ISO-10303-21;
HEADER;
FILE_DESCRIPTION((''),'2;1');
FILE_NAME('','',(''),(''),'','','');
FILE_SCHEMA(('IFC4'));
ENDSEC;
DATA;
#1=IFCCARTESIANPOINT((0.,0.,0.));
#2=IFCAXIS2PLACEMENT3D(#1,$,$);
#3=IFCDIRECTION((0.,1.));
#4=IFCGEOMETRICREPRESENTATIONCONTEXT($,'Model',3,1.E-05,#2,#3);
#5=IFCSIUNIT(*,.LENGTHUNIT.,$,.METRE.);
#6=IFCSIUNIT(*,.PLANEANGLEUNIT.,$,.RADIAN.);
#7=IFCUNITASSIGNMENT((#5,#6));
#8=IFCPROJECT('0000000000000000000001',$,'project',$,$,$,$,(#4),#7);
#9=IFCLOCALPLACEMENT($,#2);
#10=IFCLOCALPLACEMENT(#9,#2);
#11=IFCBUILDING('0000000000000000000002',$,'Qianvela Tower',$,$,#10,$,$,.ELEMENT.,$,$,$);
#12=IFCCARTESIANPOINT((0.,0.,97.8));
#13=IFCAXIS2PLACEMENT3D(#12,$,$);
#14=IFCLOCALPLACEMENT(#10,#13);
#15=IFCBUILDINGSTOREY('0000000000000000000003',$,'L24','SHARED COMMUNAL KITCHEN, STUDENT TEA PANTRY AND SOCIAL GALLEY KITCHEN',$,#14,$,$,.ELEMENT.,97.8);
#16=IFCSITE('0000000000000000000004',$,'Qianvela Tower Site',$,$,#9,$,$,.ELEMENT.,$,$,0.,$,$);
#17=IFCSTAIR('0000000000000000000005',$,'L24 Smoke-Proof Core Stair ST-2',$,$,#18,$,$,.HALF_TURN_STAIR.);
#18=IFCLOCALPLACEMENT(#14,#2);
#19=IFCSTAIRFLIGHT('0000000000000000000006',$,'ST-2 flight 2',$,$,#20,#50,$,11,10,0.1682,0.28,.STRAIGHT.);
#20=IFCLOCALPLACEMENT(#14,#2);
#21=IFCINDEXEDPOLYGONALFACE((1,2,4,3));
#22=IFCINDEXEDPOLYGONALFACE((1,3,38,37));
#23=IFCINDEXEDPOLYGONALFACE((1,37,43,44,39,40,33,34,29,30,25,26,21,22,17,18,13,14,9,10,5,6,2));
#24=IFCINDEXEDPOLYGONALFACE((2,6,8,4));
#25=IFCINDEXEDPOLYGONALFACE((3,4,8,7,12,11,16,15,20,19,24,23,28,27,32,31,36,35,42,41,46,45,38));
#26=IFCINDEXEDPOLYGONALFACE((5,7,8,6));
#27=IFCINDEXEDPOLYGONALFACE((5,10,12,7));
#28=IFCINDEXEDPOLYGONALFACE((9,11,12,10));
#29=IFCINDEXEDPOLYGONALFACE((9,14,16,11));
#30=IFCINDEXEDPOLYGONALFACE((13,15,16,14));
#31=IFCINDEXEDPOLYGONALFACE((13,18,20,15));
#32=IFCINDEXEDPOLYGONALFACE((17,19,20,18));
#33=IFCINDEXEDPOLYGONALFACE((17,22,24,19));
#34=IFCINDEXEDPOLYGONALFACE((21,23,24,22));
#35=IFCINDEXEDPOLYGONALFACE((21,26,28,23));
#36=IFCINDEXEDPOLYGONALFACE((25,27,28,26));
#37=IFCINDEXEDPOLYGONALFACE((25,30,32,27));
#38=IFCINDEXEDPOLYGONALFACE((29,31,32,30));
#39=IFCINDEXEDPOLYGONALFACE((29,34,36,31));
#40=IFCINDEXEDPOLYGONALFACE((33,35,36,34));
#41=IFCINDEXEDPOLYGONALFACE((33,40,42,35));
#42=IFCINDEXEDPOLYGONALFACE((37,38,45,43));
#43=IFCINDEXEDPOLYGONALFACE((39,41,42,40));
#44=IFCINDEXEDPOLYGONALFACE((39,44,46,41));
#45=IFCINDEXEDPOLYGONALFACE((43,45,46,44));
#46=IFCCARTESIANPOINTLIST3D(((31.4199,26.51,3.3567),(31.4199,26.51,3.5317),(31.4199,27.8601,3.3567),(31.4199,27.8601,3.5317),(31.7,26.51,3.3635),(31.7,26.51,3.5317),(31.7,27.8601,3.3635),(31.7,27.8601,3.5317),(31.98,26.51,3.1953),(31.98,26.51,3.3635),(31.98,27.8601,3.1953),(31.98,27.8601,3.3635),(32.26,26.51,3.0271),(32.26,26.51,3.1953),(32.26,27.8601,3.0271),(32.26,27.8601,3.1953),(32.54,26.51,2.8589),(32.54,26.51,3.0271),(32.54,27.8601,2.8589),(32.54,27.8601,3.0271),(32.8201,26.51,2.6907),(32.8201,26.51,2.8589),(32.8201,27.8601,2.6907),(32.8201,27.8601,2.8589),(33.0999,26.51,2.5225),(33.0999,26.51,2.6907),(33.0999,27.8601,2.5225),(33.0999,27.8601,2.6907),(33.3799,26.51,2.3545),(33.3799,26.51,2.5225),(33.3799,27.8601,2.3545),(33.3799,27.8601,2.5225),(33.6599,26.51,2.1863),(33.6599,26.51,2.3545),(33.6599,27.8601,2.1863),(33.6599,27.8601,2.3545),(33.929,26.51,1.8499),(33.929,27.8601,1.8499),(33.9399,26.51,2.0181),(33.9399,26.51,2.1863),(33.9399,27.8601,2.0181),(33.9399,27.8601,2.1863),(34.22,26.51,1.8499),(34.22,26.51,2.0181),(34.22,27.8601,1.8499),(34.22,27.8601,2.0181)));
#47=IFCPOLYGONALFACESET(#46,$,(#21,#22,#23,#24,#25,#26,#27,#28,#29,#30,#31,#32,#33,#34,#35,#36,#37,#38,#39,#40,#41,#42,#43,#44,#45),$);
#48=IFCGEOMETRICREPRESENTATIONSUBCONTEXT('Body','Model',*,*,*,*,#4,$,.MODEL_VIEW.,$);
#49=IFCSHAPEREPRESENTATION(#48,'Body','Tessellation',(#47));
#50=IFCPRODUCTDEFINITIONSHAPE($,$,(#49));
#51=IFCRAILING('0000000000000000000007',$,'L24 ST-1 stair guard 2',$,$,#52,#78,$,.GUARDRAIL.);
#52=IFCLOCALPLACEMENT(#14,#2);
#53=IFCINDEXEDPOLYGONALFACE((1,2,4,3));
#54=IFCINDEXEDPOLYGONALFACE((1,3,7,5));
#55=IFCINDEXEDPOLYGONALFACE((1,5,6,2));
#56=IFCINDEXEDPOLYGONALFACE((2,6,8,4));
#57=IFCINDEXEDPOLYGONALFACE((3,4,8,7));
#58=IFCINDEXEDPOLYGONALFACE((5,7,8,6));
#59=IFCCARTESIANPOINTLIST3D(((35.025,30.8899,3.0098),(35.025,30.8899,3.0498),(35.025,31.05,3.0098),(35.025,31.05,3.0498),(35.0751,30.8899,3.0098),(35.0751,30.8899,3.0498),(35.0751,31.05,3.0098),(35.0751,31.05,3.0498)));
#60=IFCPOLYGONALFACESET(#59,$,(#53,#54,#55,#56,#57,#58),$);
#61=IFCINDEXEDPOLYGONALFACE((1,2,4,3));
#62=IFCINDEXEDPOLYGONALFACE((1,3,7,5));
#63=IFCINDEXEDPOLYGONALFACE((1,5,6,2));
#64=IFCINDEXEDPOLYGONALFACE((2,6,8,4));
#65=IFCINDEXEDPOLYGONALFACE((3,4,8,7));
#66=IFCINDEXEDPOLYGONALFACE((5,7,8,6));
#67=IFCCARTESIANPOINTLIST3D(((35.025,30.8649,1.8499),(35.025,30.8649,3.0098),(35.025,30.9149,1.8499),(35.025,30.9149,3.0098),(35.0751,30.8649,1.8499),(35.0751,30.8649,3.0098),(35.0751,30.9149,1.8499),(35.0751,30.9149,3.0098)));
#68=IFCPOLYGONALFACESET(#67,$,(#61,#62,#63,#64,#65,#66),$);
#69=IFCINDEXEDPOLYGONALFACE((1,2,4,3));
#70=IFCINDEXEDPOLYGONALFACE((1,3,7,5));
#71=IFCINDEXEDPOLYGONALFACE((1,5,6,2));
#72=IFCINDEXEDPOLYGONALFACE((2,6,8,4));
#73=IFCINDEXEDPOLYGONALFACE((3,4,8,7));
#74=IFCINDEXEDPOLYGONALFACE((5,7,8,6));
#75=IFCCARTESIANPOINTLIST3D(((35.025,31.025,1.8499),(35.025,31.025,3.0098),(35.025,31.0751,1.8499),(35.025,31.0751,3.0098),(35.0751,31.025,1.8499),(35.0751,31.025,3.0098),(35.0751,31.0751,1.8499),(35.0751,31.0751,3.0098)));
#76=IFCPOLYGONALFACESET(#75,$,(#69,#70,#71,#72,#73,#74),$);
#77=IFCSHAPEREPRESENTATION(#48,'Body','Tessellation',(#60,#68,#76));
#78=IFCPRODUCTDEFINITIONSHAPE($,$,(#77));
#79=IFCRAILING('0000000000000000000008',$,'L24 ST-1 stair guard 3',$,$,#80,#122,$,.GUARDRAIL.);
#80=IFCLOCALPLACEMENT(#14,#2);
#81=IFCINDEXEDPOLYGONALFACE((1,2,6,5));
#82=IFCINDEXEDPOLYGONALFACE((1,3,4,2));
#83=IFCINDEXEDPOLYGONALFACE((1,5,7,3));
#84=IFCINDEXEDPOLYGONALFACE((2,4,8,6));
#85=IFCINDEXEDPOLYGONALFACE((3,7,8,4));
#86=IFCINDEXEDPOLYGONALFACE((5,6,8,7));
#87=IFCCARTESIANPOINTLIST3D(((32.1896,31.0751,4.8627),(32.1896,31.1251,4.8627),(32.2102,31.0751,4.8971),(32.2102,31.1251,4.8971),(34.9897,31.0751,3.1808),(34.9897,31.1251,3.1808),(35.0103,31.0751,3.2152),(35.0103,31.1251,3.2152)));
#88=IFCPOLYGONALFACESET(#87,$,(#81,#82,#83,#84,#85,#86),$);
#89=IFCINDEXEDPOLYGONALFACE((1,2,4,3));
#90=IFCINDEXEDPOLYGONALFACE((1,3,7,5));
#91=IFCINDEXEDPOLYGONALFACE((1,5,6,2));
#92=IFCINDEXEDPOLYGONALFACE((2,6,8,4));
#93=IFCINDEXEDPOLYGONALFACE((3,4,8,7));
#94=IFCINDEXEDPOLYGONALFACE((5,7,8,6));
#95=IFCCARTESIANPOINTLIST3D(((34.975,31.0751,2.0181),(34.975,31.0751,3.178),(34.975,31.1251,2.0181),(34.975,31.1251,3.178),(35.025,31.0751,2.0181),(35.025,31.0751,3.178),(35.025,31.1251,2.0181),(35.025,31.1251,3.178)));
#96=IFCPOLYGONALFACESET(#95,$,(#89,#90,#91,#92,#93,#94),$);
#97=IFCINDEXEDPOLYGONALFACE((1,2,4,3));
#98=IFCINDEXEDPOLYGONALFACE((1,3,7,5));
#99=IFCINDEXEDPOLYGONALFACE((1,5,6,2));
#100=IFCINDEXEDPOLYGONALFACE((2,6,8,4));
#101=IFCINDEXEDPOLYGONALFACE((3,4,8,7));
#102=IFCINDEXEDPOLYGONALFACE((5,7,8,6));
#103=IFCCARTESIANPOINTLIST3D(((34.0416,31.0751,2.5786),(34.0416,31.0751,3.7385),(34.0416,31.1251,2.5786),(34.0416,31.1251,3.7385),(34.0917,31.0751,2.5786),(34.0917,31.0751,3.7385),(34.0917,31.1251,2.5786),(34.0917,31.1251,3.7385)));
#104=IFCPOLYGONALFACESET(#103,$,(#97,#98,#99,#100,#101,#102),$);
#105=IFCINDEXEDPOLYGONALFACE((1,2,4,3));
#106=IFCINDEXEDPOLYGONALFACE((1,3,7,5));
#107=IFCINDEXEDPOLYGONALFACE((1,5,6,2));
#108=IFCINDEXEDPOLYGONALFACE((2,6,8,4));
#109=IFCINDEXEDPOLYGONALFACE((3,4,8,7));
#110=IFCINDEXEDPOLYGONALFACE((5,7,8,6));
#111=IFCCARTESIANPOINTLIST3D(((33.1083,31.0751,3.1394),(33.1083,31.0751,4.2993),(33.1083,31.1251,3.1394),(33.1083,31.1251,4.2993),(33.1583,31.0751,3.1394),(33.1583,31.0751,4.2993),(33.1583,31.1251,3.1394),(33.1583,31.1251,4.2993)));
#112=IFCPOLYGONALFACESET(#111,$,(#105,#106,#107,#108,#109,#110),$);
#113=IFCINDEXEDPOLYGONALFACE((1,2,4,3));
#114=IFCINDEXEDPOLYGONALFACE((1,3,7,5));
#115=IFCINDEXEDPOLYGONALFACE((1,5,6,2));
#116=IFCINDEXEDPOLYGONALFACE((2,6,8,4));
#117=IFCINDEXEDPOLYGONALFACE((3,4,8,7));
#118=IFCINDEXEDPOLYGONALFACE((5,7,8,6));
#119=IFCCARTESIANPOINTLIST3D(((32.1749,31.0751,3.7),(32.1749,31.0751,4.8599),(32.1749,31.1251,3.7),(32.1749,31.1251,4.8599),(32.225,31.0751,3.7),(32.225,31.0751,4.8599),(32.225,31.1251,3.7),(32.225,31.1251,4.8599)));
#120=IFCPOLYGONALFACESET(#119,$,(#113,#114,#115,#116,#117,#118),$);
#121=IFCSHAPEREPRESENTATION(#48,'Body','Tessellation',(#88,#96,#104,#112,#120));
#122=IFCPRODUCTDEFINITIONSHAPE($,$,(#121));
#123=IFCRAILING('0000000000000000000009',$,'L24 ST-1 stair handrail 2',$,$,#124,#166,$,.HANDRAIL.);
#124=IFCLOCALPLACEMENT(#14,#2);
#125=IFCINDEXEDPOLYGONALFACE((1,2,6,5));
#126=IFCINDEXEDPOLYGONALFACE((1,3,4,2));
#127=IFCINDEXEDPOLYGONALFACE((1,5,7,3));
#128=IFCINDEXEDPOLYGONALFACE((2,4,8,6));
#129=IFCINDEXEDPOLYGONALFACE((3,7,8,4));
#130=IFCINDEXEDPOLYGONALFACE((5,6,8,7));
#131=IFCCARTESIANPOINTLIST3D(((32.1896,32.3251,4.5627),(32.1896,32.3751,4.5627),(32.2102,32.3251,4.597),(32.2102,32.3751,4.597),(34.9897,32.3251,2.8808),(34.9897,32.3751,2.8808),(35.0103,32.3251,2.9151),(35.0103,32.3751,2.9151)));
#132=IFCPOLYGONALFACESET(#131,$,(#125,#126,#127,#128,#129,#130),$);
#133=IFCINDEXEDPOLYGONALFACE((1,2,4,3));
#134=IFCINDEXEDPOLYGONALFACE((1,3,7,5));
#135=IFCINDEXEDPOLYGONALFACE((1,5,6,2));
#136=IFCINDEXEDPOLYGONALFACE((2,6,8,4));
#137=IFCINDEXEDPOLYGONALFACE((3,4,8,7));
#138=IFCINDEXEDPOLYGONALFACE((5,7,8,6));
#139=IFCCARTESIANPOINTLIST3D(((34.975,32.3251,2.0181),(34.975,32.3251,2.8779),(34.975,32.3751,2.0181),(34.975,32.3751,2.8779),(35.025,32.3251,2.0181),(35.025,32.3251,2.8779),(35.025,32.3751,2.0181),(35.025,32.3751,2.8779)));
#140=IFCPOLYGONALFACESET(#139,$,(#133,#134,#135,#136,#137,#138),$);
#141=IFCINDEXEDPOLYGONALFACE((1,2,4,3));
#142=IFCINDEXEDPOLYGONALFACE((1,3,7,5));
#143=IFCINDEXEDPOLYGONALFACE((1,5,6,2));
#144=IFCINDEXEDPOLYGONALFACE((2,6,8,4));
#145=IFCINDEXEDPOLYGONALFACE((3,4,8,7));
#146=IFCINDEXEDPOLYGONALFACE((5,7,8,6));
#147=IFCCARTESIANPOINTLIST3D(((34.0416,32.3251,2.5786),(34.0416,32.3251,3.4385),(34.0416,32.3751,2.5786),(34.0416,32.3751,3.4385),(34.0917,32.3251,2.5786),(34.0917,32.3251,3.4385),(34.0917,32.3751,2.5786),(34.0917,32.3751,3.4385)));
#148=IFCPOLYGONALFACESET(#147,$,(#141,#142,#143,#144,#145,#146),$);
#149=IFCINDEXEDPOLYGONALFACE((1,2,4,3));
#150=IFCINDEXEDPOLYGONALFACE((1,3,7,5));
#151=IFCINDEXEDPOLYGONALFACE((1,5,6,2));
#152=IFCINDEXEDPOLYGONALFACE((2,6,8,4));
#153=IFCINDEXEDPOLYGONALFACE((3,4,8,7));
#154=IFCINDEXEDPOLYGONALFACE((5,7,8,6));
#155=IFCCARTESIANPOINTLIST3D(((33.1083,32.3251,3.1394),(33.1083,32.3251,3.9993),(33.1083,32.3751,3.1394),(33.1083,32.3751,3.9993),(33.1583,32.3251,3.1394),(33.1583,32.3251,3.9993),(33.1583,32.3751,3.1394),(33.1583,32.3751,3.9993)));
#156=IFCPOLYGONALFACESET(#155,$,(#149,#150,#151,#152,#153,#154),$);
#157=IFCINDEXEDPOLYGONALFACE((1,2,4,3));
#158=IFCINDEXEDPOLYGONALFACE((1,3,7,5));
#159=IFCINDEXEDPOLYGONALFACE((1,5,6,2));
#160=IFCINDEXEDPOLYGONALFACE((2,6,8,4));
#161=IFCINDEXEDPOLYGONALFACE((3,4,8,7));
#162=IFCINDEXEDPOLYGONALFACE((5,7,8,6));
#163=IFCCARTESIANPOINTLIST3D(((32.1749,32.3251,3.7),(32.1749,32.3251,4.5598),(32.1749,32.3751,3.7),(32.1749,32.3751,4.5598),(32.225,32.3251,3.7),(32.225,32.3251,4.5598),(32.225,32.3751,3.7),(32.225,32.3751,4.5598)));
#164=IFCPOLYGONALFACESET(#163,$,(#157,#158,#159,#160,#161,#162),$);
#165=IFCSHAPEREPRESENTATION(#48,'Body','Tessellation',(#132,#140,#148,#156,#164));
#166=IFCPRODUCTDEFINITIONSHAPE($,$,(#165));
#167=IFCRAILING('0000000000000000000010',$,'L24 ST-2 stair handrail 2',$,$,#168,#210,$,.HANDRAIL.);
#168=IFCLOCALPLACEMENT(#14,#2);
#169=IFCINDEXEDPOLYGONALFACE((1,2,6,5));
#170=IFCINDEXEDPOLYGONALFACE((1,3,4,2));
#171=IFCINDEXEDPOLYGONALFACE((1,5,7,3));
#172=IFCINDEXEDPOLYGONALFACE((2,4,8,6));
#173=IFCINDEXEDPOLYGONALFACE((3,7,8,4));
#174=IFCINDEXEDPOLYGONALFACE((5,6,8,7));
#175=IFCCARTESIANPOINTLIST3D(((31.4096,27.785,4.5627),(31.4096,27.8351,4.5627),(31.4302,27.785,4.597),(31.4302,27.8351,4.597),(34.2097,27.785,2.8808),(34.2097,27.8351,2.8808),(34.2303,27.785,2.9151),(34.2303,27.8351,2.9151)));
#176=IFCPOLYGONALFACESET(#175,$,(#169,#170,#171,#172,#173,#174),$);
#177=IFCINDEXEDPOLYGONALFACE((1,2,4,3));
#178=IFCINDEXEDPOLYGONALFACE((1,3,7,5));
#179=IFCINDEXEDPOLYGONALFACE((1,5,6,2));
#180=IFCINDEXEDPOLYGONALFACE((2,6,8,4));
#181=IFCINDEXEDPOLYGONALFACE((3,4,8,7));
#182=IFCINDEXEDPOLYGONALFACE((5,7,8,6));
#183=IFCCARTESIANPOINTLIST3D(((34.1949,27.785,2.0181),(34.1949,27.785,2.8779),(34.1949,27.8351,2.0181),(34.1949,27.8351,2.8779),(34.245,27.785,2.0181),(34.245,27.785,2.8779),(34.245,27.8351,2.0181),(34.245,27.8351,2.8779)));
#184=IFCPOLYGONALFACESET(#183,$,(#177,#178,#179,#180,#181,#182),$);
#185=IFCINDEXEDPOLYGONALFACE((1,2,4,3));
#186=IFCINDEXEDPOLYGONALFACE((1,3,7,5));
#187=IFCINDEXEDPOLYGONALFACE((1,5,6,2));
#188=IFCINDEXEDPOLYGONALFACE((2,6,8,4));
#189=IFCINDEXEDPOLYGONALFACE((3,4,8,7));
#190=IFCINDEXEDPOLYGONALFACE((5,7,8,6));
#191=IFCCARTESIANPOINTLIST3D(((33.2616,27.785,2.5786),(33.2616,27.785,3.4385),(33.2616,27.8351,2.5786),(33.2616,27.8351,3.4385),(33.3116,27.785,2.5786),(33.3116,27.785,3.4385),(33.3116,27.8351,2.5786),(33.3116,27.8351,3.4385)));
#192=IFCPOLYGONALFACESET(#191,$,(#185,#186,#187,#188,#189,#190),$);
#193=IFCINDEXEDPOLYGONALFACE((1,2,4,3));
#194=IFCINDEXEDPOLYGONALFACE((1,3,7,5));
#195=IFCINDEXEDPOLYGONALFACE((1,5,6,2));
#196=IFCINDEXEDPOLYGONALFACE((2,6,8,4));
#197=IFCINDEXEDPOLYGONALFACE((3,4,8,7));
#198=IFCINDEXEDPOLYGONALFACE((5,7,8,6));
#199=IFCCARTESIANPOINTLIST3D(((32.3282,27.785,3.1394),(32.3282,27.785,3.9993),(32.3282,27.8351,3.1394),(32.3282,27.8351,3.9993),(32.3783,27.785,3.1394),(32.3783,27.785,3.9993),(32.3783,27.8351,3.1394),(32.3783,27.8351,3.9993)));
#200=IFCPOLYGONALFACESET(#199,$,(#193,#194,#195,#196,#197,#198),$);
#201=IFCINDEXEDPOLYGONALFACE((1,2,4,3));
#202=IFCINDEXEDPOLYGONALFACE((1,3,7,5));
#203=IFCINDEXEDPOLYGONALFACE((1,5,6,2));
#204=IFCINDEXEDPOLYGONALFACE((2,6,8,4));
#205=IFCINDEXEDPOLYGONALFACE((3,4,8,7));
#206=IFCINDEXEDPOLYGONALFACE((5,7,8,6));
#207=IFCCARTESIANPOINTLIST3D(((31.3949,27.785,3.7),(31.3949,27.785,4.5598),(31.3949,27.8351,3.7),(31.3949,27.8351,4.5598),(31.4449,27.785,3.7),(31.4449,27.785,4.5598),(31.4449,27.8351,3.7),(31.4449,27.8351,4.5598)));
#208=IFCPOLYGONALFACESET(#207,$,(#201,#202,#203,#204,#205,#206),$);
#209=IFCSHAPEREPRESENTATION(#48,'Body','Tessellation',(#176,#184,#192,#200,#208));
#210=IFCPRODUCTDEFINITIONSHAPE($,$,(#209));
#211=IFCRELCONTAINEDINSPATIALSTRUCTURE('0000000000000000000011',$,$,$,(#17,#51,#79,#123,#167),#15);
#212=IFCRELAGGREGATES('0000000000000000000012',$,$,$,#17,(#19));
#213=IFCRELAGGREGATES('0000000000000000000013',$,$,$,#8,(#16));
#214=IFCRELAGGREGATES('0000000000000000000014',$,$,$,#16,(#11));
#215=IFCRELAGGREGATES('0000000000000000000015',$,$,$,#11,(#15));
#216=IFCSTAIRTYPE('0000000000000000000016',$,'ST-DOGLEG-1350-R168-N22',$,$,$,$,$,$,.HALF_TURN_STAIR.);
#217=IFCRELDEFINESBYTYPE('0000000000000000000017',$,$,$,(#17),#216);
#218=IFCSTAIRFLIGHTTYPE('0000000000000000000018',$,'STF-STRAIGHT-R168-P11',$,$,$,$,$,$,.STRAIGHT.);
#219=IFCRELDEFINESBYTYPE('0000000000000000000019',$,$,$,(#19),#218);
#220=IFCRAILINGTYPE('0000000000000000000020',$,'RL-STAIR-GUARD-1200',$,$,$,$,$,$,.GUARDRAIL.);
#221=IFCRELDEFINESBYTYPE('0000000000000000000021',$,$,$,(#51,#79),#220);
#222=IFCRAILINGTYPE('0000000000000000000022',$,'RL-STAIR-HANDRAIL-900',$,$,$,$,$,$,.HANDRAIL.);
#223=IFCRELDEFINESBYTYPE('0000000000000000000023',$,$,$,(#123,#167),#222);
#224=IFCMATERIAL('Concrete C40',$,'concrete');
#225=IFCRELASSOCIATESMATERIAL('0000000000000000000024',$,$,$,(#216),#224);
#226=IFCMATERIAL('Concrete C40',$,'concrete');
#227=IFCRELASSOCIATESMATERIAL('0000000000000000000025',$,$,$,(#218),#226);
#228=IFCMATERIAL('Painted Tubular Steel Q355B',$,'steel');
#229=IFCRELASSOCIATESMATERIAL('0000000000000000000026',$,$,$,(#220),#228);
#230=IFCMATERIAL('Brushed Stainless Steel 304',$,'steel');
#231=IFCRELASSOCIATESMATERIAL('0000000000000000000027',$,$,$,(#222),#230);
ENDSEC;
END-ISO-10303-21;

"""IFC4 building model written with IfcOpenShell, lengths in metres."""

from ifc_helpers import new_model, si_unit, direction, frame, origin, origin_2d, place, context, subcontext, project, spatial, polyline, rectangle, outline, extrude, material, type_object, element, aggregate, save


model = new_model("IFC4")

# Units and contexts
model_context = context("Model", 3, precision=1e-05, world=origin(), true_north=direction((0.0, 1.0)))
body_context = subcontext(model_context, "Body", "Model", "MODEL_VIEW")
ifc_project = project(units=[si_unit("LENGTHUNIT", "METRE"), si_unit("PLANEANGLEUNIT", "RADIAN")], contexts=[model_context])

# Site, building, storey
site_placement = place(None, origin())
site = spatial("IfcSite", under=ifc_project, at=site_placement, Name="Qianvela Tower Site", CompositionType="ELEMENT", RefElevation=0.0)
building_placement = place(site_placement, origin())
building = spatial("IfcBuilding", under=site, at=building_placement, Name="Qianvela Tower", CompositionType="ELEMENT")
storey_placement = place(building_placement, frame((0.0, 0.0, 97.8)))
storey = spatial("IfcBuildingStorey", under=building, at=storey_placement, Name="L24", Description="SHARED COMMUNAL KITCHEN, STUDENT TEA PANTRY AND SOCIAL GALLEY KITCHEN", CompositionType="ELEMENT", Elevation=97.8)

# Stair, stair flight
ifc_material_1 = material(Name="Concrete C40", Category="concrete")
stair_type = type_object("IfcStairType", Name="ST-DOGLEG-1350-R168-N22", PredefinedType="HALF_TURN_STAIR", material=ifc_material_1)
ifc_material_2 = material(Name="Concrete C40", Category="concrete")
stair_flight_type = type_object("IfcStairFlightType", Name="STF-STRAIGHT-R168-P11", PredefinedType="STRAIGHT", material=ifc_material_2)
stair_1_placement = place(storey_placement, origin())
stair_1 = element("IfcStair", 1, at=stair_1_placement, inside=storey, type_object=stair_type, Name="L24 Smoke-Proof Core Stair ST-2", PredefinedType="HALF_TURN_STAIR")
stair_flight_1_placement = place(storey_placement, frame((34.22, 27.1851, 1.8499), z_axis=(0.0, 0.0, 1.0), x_axis=(-1.0, 0.0, 0.0)))
stair_flight_1 = element("IfcStairFlight", 2, at=stair_flight_1_placement, type_object=stair_flight_type, Name="ST-2 flight 2", NumberOfRisers=11, NumberOfTreads=10, PredefinedType="STRAIGHT", RiserHeight=0.1682, TreadLength=0.28, context=body_context, shape_type="SweptSolid", body=[
    extrude(outline(polyline([(0.0, 0.0), (0.0, 0.1682), (0.28, 0.1682), (0.28, 0.3364), (0.5601, 0.3364), (0.5601, 0.5046), (0.8401, 0.5046), (0.8401, 0.6726), (1.1201, 0.6726), (1.1201, 0.8408), (1.3999, 0.8408), (1.3999, 1.009), (1.6799, 1.009), (1.6799, 1.1772), (1.96, 1.1772), (1.96, 1.3455), (2.24, 1.3455), (2.24, 1.5137), (2.52, 1.5137), (2.52, 1.6819), (2.8, 1.6819), (2.8, 1.8501), (2.8, 1.5068), (0.291, 0.0), (0.0, 0.0)])), frame((0.0, 0.675, 0.0), z_axis=(0.0, -1.0, 0.0), x_axis=(1.0, 0.0, 0.0)), (0.0, 0.0, 1.0), 1.3501),
])
aggregate(stair_1, [stair_flight_1])

# Railings
ifc_material_3 = material(Name="Painted Tubular Steel Q355B", Category="steel")
railing_type_1 = type_object("IfcRailingType", Name="RL-STAIR-GUARD-1200", PredefinedType="GUARDRAIL", material=ifc_material_3)
railing_1_placement = place(storey_placement, frame((35.05, 30.8899, 1.8499)))
element("IfcRailing", 3, at=railing_1_placement, inside=storey, type_object=railing_type_1, Name="L24 ST-1 stair guard 2", PredefinedType="GUARDRAIL", context=body_context, shape_type="SweptSolid", body=[
    extrude(rectangle(XDim=0.05, YDim=0.04, at=origin_2d()), frame((0.0, 0.0, 1.1799), z_axis=(0.0, 1.0, 0.0), x_axis=(-1.0, 0.0, 0.0)), (0.0, 0.0, 1.0), 0.1602),
    extrude(rectangle(XDim=0.05, YDim=0.05, at=origin_2d()), origin(), (0.0, 0.0, 1.0), 1.1599),
    extrude(rectangle(XDim=0.05, YDim=0.05, at=origin_2d()), frame((0.0, 0.1602, 0.0)), (0.0, 0.0, 1.0), 1.1599),
])
railing_2_placement = place(storey_placement, frame((35.0, 31.1001, 2.0181)))
element("IfcRailing", 4, at=railing_2_placement, inside=storey, type_object=railing_type_1, Name="L24 ST-1 stair guard 3", PredefinedType="GUARDRAIL", context=body_context, shape_type="SweptSolid", body=[
    extrude(rectangle(XDim=0.05, YDim=0.04, at=origin_2d()), frame((0.0, 0.0, 1.1799), z_axis=(-0.857242, 0.0, 0.514913), x_axis=(0.0, -1.0, 0.0)), (0.0, 0.0, 1.0), 3.2664),
    extrude(rectangle(XDim=0.05, YDim=0.05, at=origin_2d()), origin(), (0.0, 0.0, 1.0), 1.1599),
    extrude(rectangle(XDim=0.05, YDim=0.05, at=origin_2d()), frame((-0.9333, 0.0, 0.5605)), (0.0, 0.0, 1.0), 1.1599),
    extrude(rectangle(XDim=0.05, YDim=0.05, at=origin_2d()), frame((-1.8667, 0.0, 1.1213)), (0.0, 0.0, 1.0), 1.1599),
    extrude(rectangle(XDim=0.05, YDim=0.05, at=origin_2d()), frame((-2.8, 0.0, 1.6819)), (0.0, 0.0, 1.0), 1.1599),
])
ifc_material_4 = material(Name="Brushed Stainless Steel 304", Category="steel")
railing_type_2 = type_object("IfcRailingType", Name="RL-STAIR-HANDRAIL-900", PredefinedType="HANDRAIL", material=ifc_material_4)
for number, where, name in (
    (5, (35.0, 32.3501, 2.0181), "L24 ST-1 stair handrail 2"),
    (6, (34.22, 27.8101, 2.0181), "L24 ST-2 stair handrail 2"),
):
    element("IfcRailing", number, at=place(storey_placement, frame(where)), inside=storey, type_object=railing_type_2, Name=name, PredefinedType="HANDRAIL", context=body_context, shape_type="SweptSolid", body=[
        extrude(rectangle(XDim=0.05, YDim=0.04, at=origin_2d()), frame((0.0, 0.0, 0.8799), z_axis=(-0.857242, 0.0, 0.514913), x_axis=(0.0, -1.0, 0.0)), (0.0, 0.0, 1.0), 3.2664),
        extrude(rectangle(XDim=0.05, YDim=0.05, at=origin_2d()), origin(), (0.0, 0.0, 1.0), 0.8599),
        extrude(rectangle(XDim=0.05, YDim=0.05, at=origin_2d()), frame((-0.9333, 0.0, 0.5605)), (0.0, 0.0, 1.0), 0.8599),
        extrude(rectangle(XDim=0.05, YDim=0.05, at=origin_2d()), frame((-1.8667, 0.0, 1.1213)), (0.0, 0.0, 1.0), 0.8599),
        extrude(rectangle(XDim=0.05, YDim=0.05, at=origin_2d()), frame((-2.8, 0.0, 1.6819)), (0.0, 0.0, 1.0), 0.8599),
    ])

save(model, "model.ifc")
